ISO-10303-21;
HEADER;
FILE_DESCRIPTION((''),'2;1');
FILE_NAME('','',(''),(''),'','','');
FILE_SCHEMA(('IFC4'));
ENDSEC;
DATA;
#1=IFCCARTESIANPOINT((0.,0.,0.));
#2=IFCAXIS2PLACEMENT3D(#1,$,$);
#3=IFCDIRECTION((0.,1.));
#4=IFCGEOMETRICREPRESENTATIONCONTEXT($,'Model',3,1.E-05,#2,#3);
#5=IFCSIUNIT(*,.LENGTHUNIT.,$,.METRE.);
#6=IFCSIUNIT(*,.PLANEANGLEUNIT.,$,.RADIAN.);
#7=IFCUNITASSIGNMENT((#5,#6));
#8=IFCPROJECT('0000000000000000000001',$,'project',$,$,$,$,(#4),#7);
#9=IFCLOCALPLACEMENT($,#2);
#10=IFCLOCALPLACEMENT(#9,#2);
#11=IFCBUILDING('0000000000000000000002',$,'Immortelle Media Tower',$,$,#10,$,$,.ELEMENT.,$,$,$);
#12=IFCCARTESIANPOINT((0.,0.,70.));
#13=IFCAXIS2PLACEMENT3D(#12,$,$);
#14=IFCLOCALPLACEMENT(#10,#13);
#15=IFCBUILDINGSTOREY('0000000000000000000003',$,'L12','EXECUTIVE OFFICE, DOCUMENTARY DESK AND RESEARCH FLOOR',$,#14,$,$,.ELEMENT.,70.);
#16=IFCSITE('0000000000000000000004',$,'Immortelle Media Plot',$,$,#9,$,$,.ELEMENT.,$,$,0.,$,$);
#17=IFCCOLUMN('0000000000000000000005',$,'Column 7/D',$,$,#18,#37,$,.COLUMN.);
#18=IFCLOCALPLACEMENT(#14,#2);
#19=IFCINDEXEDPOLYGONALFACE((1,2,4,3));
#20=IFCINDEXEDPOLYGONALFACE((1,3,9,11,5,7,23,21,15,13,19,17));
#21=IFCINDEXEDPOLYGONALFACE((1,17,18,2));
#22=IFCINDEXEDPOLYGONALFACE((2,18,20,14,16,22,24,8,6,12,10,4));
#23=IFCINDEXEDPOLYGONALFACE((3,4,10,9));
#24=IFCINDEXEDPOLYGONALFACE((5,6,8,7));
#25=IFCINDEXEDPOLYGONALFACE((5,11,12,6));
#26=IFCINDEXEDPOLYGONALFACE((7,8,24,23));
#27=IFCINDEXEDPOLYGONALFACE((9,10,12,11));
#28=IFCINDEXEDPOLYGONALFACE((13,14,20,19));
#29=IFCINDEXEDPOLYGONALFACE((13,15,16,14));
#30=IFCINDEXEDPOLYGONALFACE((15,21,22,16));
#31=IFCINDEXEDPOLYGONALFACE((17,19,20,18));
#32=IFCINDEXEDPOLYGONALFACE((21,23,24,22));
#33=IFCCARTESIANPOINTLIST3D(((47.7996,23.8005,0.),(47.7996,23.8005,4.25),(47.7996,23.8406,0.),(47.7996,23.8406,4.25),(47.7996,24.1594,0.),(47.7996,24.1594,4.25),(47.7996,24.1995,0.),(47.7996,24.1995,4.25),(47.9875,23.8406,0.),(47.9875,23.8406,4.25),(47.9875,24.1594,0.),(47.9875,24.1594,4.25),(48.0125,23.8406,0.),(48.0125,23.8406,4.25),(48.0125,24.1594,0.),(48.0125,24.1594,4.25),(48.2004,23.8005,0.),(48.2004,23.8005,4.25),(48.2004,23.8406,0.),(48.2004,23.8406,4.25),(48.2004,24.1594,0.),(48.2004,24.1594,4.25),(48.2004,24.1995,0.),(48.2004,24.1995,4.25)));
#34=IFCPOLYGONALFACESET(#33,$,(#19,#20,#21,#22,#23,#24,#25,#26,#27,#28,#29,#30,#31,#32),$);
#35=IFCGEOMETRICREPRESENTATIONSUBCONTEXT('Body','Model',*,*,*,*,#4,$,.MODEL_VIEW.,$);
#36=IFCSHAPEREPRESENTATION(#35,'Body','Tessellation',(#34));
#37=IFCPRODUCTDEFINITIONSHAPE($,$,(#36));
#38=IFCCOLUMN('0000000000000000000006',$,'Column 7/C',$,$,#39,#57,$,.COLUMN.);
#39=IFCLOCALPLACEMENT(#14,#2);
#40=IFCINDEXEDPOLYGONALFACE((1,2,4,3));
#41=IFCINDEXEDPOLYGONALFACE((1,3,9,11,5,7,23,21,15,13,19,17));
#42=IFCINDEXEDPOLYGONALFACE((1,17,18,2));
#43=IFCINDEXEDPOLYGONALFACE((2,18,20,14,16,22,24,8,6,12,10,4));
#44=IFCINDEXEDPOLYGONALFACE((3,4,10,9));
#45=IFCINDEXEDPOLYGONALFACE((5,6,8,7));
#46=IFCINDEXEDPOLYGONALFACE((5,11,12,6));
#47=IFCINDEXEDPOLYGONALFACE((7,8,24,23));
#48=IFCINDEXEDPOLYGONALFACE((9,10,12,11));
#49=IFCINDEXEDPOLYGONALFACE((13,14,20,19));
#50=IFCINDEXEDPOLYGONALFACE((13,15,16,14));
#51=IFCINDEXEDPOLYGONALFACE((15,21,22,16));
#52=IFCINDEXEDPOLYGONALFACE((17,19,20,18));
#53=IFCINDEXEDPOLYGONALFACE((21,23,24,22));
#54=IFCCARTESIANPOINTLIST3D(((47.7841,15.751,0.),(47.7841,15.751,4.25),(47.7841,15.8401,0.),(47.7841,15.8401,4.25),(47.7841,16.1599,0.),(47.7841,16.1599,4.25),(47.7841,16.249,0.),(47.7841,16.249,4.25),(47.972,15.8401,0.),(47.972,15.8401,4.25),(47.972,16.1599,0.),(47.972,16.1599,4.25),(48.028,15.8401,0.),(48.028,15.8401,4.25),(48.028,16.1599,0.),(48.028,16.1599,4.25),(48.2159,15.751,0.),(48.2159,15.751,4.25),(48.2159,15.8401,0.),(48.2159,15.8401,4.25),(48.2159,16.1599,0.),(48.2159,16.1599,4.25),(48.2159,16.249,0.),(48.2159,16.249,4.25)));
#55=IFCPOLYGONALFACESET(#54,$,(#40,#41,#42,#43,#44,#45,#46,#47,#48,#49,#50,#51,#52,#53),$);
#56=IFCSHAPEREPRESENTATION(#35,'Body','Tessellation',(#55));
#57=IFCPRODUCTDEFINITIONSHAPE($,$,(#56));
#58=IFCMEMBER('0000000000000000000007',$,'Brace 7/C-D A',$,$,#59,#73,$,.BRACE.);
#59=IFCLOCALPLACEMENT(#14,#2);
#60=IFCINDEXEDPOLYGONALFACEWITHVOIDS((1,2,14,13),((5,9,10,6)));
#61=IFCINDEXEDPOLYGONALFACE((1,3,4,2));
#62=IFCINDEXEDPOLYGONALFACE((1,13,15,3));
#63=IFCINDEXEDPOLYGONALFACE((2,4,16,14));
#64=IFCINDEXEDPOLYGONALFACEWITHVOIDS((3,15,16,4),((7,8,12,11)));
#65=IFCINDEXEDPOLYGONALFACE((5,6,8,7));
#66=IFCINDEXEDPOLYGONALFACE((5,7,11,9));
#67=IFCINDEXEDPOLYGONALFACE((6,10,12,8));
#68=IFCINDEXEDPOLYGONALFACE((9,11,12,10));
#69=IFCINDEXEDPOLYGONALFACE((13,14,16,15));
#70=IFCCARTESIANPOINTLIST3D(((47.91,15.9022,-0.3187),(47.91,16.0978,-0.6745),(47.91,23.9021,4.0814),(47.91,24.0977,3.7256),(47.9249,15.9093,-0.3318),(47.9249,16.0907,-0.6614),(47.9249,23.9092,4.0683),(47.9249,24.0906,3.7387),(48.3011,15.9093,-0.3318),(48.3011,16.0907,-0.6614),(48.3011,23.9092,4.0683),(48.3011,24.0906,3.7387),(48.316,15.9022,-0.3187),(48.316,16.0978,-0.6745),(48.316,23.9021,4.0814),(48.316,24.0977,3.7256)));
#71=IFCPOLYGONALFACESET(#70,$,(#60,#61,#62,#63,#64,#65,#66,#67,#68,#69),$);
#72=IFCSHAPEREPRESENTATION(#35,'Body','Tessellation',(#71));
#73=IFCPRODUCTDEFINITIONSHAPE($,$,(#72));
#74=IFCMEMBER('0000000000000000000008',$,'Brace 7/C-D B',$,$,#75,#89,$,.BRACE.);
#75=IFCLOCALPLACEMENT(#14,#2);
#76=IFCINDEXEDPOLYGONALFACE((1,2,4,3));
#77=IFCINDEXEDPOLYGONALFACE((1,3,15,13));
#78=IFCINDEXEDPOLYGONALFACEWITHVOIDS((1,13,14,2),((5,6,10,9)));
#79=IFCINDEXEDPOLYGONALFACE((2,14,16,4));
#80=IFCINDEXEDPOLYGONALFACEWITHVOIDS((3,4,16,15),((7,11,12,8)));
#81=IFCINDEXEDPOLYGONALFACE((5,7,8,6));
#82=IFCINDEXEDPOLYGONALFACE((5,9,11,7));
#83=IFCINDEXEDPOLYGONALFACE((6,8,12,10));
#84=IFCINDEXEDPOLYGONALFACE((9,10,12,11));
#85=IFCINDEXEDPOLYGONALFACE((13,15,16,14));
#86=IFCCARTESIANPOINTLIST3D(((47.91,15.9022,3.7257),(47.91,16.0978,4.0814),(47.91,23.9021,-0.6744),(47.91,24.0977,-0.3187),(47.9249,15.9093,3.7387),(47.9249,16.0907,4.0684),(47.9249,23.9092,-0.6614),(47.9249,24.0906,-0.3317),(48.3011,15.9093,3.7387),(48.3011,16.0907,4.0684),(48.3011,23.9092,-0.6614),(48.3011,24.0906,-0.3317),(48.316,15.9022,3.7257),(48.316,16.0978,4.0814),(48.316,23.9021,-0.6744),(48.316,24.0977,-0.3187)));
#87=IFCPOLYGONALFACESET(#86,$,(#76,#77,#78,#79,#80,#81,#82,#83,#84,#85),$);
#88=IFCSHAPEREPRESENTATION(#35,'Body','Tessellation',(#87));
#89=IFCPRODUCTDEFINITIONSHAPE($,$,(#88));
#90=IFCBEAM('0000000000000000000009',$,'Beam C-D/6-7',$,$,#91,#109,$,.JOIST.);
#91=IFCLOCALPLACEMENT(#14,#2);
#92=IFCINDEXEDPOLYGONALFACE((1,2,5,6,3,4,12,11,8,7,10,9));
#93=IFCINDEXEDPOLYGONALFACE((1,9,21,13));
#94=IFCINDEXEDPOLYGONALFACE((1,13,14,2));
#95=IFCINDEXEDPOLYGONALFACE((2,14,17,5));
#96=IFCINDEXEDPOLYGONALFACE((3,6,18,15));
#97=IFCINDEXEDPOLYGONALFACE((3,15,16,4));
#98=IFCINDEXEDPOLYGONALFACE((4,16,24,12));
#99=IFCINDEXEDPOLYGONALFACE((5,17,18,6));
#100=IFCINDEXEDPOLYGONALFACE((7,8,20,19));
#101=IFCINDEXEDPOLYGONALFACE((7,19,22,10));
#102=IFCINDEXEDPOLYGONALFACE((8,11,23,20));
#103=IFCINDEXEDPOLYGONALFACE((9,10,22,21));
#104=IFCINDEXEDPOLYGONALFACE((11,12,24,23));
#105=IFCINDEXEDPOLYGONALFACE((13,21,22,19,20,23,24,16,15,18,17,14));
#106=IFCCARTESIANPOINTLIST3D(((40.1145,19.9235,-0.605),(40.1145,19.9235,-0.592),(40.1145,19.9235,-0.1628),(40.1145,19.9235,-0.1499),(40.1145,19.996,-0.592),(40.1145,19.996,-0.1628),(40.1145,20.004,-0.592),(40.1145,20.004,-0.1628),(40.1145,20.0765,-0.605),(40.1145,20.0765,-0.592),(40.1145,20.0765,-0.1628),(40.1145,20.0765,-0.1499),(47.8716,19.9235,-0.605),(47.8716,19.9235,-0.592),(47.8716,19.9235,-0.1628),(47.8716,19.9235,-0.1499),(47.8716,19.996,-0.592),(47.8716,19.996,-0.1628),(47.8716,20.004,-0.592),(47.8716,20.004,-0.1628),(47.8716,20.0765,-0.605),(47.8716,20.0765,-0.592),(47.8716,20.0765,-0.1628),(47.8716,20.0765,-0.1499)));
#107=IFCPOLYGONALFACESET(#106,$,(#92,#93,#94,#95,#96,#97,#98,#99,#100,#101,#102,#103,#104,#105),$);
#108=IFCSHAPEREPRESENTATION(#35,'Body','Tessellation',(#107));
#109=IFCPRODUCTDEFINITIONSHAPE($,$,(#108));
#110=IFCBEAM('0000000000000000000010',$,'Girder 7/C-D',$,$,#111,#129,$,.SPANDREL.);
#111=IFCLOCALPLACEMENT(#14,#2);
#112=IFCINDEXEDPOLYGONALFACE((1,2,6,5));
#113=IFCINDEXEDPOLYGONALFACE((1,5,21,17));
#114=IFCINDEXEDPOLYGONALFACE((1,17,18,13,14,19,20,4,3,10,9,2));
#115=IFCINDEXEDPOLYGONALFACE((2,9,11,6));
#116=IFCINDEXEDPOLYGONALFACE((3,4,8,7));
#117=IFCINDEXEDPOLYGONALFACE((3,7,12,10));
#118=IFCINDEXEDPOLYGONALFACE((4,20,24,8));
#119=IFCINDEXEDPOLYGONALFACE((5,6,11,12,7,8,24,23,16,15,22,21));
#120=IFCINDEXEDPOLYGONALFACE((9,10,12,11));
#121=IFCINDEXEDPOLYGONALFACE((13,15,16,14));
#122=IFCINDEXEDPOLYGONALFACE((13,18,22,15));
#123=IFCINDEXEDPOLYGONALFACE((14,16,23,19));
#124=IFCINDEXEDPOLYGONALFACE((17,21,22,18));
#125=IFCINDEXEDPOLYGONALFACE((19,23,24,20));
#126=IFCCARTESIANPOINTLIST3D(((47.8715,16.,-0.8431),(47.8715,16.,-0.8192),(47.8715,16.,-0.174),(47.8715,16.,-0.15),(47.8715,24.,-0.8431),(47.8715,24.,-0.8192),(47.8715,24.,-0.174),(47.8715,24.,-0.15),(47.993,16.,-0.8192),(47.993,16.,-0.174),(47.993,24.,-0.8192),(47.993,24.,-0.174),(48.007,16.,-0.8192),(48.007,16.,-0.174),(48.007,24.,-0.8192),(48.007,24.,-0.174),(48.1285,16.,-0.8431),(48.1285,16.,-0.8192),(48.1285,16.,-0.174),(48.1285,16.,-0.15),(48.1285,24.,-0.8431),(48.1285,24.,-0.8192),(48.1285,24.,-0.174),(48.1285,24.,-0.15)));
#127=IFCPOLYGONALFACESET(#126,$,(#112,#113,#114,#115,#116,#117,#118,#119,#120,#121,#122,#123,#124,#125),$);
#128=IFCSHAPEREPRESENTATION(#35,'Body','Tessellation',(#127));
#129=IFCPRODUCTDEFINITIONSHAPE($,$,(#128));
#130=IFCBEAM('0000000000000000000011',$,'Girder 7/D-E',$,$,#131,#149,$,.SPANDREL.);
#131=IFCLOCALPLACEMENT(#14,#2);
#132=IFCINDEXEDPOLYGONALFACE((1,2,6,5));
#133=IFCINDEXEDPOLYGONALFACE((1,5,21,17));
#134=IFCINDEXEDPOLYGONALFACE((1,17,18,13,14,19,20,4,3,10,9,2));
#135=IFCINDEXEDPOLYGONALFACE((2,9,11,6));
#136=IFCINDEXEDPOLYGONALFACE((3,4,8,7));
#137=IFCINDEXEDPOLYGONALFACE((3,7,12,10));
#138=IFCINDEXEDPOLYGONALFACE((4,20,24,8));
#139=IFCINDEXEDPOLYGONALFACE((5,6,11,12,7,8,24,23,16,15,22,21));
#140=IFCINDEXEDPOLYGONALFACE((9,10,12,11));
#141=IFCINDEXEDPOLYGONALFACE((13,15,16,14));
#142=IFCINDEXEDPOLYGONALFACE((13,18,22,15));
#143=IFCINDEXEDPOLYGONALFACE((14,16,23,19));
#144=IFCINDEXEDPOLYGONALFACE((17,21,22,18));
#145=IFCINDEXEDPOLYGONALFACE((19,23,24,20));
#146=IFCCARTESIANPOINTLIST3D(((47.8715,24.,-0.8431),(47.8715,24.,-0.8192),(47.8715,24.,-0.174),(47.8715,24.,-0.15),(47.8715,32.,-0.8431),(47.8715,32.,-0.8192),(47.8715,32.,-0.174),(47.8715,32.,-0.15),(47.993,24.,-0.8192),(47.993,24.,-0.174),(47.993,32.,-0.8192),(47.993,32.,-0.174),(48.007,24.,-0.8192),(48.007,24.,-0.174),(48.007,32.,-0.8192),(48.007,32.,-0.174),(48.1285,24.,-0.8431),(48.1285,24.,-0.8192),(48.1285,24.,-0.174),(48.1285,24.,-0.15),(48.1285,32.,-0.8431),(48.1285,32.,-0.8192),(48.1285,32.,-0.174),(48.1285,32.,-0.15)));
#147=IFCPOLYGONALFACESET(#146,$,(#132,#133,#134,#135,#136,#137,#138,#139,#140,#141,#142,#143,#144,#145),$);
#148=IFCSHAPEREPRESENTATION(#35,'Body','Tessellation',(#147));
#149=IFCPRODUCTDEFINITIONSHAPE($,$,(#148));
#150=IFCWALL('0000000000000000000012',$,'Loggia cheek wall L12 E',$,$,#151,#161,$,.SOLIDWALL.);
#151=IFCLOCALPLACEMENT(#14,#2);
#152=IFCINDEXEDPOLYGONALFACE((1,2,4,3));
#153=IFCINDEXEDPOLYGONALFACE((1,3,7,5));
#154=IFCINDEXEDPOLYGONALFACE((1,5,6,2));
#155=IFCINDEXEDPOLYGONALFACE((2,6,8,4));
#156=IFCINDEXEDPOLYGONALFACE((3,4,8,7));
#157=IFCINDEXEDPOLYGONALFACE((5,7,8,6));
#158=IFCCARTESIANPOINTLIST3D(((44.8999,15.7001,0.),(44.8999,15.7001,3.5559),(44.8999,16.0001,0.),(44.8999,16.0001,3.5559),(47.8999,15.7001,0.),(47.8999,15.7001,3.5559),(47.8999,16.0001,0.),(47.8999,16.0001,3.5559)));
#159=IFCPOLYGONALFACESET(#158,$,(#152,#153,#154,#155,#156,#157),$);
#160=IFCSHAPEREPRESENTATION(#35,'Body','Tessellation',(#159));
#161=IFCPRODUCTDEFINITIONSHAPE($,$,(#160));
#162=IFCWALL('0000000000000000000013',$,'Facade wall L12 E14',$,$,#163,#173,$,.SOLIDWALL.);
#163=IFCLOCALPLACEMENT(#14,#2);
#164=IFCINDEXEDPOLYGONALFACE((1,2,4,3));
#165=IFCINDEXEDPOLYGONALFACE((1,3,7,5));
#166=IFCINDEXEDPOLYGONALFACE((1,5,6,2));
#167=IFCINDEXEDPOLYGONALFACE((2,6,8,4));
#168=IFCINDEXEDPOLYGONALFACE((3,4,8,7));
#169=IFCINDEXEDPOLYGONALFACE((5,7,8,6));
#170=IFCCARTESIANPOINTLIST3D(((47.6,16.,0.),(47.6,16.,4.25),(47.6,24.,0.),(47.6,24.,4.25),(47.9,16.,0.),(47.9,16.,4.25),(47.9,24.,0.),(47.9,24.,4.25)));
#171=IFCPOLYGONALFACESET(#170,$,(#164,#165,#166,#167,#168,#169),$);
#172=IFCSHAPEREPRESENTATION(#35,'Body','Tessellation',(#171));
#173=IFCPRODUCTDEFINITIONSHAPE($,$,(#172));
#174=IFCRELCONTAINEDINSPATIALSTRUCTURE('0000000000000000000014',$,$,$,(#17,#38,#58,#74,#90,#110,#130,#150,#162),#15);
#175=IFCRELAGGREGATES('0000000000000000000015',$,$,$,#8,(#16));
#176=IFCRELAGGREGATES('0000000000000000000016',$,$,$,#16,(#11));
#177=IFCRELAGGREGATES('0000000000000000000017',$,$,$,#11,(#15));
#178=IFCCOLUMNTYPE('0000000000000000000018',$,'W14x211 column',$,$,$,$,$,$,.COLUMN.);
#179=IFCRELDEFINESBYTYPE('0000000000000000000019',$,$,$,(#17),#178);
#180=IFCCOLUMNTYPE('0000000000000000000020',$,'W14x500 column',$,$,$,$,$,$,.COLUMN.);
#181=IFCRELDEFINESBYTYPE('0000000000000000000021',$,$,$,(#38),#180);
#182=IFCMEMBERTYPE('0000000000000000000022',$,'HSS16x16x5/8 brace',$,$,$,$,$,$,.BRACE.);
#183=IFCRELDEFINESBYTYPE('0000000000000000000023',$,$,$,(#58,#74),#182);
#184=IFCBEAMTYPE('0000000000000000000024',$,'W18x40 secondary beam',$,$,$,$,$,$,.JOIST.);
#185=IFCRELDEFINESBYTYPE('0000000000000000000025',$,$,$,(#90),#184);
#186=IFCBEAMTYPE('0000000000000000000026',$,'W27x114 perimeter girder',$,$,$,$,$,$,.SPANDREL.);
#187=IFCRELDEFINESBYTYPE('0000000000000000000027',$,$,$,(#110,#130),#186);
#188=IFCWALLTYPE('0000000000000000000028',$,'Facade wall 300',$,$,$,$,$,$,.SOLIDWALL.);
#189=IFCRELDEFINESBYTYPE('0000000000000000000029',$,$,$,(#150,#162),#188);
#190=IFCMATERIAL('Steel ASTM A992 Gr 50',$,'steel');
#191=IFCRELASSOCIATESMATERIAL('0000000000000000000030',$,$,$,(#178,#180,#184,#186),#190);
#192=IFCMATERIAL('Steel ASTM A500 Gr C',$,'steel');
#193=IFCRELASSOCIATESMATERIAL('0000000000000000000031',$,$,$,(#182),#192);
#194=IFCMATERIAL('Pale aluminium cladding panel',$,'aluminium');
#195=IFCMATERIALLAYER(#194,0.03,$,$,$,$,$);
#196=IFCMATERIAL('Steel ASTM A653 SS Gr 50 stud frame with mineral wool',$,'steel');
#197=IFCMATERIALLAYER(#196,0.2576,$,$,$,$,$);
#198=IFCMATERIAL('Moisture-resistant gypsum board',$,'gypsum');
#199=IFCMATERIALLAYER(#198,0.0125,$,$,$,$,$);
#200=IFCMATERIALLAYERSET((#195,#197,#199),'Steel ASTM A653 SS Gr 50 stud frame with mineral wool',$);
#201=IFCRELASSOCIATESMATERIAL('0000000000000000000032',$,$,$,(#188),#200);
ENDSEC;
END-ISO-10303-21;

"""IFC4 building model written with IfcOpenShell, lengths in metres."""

from ifc_helpers import new_model, si_unit, direction, frame, frame_2d, origin, origin_2d, place, context, subcontext, project, spatial, rectangle, hollow_rectangle, i_section, extrude, material, layer, layer_set, material_profile, profile_set, type_object, element, save


model = new_model("IFC4")

# Units and contexts
model_context = context("Model", 3, precision=1e-05, world=origin(), true_north=direction((0.0, 1.0)))
body_context = subcontext(model_context, "Body", "Model", "MODEL_VIEW")
ifc_project = project(units=[si_unit("LENGTHUNIT", "METRE"), si_unit("PLANEANGLEUNIT", "RADIAN")], contexts=[model_context])

# Site, building, storey
site_placement = place(None, origin())
site = spatial("IfcSite", under=ifc_project, at=site_placement, Name="Immortelle Media Plot", CompositionType="ELEMENT", RefElevation=0.0)
building_placement = place(site_placement, origin())
building = spatial("IfcBuilding", under=site, at=building_placement, Name="Immortelle Media Tower", CompositionType="ELEMENT")
storey_placement = place(building_placement, frame((0.0, 0.0, 70.0)))
storey = spatial("IfcBuildingStorey", under=building, at=storey_placement, Name="L12", Description="EXECUTIVE OFFICE, DOCUMENTARY DESK AND RESEARCH FLOOR", CompositionType="ELEMENT", Elevation=70.0)

# Columns
ifc_material_1 = material(Name="Steel ASTM A992 Gr 50", Category="steel")
ifc_material_profile_1 = material_profile(ifc_material_1, i_section(OverallWidth=0.4009, OverallDepth=0.3989, WebThickness=0.0249, FlangeThickness=0.04, at=origin_2d()), Name="W14x211")
ifc_profile_set_1 = profile_set([ifc_material_profile_1], Name="Steel ASTM A992 Gr 50")
column_type_1 = type_object("IfcColumnType", Name="W14x211 column", PredefinedType="COLUMN", material=ifc_profile_set_1)
column_1_placement = place(storey_placement, frame((48.0, 24.0, 0.0), z_axis=(0.0, 0.0, 1.0), x_axis=(1.0, 0.0, 0.0)))
element("IfcColumn", 1, at=column_1_placement, inside=storey, type_object=column_type_1, Name="Column 7/D", PredefinedType="COLUMN", context=body_context, shape_type="SweptSolid", body=[
    extrude(i_section(OverallWidth=0.4009, OverallDepth=0.3989, WebThickness=0.0249, FlangeThickness=0.04, at=origin_2d()), origin(), (0.0, 0.0, 1.0), 4.25),
])
ifc_material_profile_2 = material_profile(ifc_material_1, i_section(OverallWidth=0.4319, OverallDepth=0.498, WebThickness=0.0559, FlangeThickness=0.0891, at=origin_2d()), Name="W14x500")
ifc_profile_set_2 = profile_set([ifc_material_profile_2], Name="Steel ASTM A992 Gr 50")
column_type_2 = type_object("IfcColumnType", Name="W14x500 column", PredefinedType="COLUMN", material=ifc_profile_set_2)
column_2_placement = place(storey_placement, frame((48.0, 16.0, 0.0), z_axis=(0.0, 0.0, 1.0), x_axis=(1.0, 0.0, 0.0)))
element("IfcColumn", 2, at=column_2_placement, inside=storey, type_object=column_type_2, Name="Column 7/C", PredefinedType="COLUMN", context=body_context, shape_type="SweptSolid", body=[
    extrude(i_section(OverallWidth=0.4319, OverallDepth=0.498, WebThickness=0.0559, FlangeThickness=0.0891, at=origin_2d()), origin(), (0.0, 0.0, 1.0), 4.25),
])

# Members
ifc_material_2 = material(Name="Steel ASTM A500 Gr C", Category="steel")
ifc_material_profile_3 = material_profile(ifc_material_2, hollow_rectangle(XDim=0.406, YDim=0.406, WallThickness=0.0149, at=origin_2d()), Name="HSS16x16x5/8 brace")
ifc_profile_set_3 = profile_set([ifc_material_profile_3], Name="Steel ASTM A500 Gr C")
member_type = type_object("IfcMemberType", Name="HSS16x16x5/8 brace", PredefinedType="BRACE", material=ifc_profile_set_3)
for number, where, z_axis, x_axis, name in (
    (3, (48.113, 16.0, -0.4966), (0.0, 0.876209, 0.481931), (-1.0, 0.0, 0.0), "Brace 7/C-D A"),
    (4, (48.113, 16.0, 3.9036), (0.0, 0.876209, -0.481931), (-1.0, 0.0, 0.0), "Brace 7/C-D B"),
):
    element("IfcMember", number, at=place(storey_placement, frame(where, z_axis=z_axis, x_axis=x_axis)), inside=storey, type_object=member_type, Name=name, PredefinedType="BRACE", context=body_context, shape_type="SweptSolid", body=[
        extrude(hollow_rectangle(XDim=0.406, YDim=0.406, WallThickness=0.0149, at=origin_2d()), origin(), (0.0, 0.0, 1.0), 9.1301),
    ])

# Beams
ifc_material_profile_4 = material_profile(ifc_material_1, i_section(OverallWidth=0.1531, OverallDepth=0.4551, WebThickness=0.0081, FlangeThickness=0.0129, at=origin_2d()), Name="W18x40")
ifc_profile_set_4 = profile_set([ifc_material_profile_4], Name="Steel ASTM A992 Gr 50")
beam_type_1 = type_object("IfcBeamType", Name="W18x40 secondary beam", PredefinedType="JOIST", material=ifc_profile_set_4)
beam_placement = place(storey_placement, frame((40.1145, 20.0, -0.3774), z_axis=(1.0, 0.0, 0.0), x_axis=(0.0, 1.0, 0.0)))
element("IfcBeam", 5, at=beam_placement, inside=storey, type_object=beam_type_1, Name="Beam C-D/6-7", PredefinedType="JOIST", context=body_context, shape_type="SweptSolid", body=[
    extrude(i_section(OverallWidth=0.1531, OverallDepth=0.4551, WebThickness=0.0081, FlangeThickness=0.0129, at=origin_2d()), origin(), (0.0, 0.0, 1.0), 7.7571),
])
ifc_material_profile_5 = material_profile(ifc_material_1, i_section(OverallWidth=0.2571, OverallDepth=0.6931, WebThickness=0.0139, FlangeThickness=0.0239, at=origin_2d()), Name="W27x114")
ifc_profile_set_5 = profile_set([ifc_material_profile_5], Name="Steel ASTM A992 Gr 50")
beam_type_2 = type_object("IfcBeamType", Name="W27x114 perimeter girder", PredefinedType="SPANDREL", material=ifc_profile_set_5)
for number, where, z_axis, x_axis, name in (
    (6, (48.0, 16.0, -0.4966), (0.0, 1.0, 0.0), (-1.0, 0.0, 0.0), "Girder 7/C-D"),
    (7, (48.0, 24.0, -0.4966), (0.0, 1.0, 0.0), (-1.0, 0.0, 0.0), "Girder 7/D-E"),
):
    element("IfcBeam", number, at=place(storey_placement, frame(where, z_axis=z_axis, x_axis=x_axis)), inside=storey, type_object=beam_type_2, Name=name, PredefinedType="SPANDREL", context=body_context, shape_type="SweptSolid", body=[
        extrude(i_section(OverallWidth=0.2571, OverallDepth=0.6931, WebThickness=0.0139, FlangeThickness=0.0239, at=origin_2d()), origin(), (0.0, 0.0, 1.0), 8.0),
    ])

# Shared definitions
ifc_material_3 = material(Name="Steel ASTM A653 SS Gr 50 stud frame with mineral wool", Category="steel")

# Walls
ifc_material_4 = material(Name="Pale aluminium cladding panel", Category="aluminium")
ifc_layer_1 = layer(ifc_material_4, 0.03)
ifc_layer_2 = layer(ifc_material_3, 0.2576)
ifc_material_5 = material(Name="Moisture-resistant gypsum board", Category="gypsum")
ifc_layer_3 = layer(ifc_material_5, 0.0125)
ifc_layer_set_1 = layer_set([ifc_layer_1, ifc_layer_2, ifc_layer_3], Name="Steel ASTM A653 SS Gr 50 stud frame with mineral wool")
wall_type_1 = type_object("IfcWallType", Name="Facade wall 300", PredefinedType="SOLIDWALL", material=ifc_layer_set_1)
wall_1_placement = place(storey_placement, frame((47.8999, 15.8501, 0.0), z_axis=(0.0, 0.0, 1.0), x_axis=(-1.0, 0.0, 0.0)))
element("IfcWall", 8, at=wall_1_placement, inside=storey, type_object=wall_type_1, Name="Loggia cheek wall L12 E", PredefinedType="SOLIDWALL", context=body_context, shape_type="SweptSolid", body=[
    extrude(rectangle(XDim=3.0, YDim=0.3, at=frame_2d((1.5, 0.0))), origin(), (0.0, 0.0, 1.0), 3.5559),
])
wall_2_placement = place(storey_placement, frame((47.75, 16.0, 0.0), z_axis=(0.0, 0.0, 1.0), x_axis=(0.0, 1.0, 0.0)))
element("IfcWall", 9, at=wall_2_placement, inside=storey, type_object=wall_type_1, Name="Facade wall L12 E14", PredefinedType="SOLIDWALL", context=body_context, shape_type="SweptSolid", body=[
    extrude(rectangle(XDim=8.0, YDim=0.3, at=frame_2d((4.0, 0.0))), origin(), (0.0, 0.0, 1.0), 4.25),
])

save(model, "model.ifc")
